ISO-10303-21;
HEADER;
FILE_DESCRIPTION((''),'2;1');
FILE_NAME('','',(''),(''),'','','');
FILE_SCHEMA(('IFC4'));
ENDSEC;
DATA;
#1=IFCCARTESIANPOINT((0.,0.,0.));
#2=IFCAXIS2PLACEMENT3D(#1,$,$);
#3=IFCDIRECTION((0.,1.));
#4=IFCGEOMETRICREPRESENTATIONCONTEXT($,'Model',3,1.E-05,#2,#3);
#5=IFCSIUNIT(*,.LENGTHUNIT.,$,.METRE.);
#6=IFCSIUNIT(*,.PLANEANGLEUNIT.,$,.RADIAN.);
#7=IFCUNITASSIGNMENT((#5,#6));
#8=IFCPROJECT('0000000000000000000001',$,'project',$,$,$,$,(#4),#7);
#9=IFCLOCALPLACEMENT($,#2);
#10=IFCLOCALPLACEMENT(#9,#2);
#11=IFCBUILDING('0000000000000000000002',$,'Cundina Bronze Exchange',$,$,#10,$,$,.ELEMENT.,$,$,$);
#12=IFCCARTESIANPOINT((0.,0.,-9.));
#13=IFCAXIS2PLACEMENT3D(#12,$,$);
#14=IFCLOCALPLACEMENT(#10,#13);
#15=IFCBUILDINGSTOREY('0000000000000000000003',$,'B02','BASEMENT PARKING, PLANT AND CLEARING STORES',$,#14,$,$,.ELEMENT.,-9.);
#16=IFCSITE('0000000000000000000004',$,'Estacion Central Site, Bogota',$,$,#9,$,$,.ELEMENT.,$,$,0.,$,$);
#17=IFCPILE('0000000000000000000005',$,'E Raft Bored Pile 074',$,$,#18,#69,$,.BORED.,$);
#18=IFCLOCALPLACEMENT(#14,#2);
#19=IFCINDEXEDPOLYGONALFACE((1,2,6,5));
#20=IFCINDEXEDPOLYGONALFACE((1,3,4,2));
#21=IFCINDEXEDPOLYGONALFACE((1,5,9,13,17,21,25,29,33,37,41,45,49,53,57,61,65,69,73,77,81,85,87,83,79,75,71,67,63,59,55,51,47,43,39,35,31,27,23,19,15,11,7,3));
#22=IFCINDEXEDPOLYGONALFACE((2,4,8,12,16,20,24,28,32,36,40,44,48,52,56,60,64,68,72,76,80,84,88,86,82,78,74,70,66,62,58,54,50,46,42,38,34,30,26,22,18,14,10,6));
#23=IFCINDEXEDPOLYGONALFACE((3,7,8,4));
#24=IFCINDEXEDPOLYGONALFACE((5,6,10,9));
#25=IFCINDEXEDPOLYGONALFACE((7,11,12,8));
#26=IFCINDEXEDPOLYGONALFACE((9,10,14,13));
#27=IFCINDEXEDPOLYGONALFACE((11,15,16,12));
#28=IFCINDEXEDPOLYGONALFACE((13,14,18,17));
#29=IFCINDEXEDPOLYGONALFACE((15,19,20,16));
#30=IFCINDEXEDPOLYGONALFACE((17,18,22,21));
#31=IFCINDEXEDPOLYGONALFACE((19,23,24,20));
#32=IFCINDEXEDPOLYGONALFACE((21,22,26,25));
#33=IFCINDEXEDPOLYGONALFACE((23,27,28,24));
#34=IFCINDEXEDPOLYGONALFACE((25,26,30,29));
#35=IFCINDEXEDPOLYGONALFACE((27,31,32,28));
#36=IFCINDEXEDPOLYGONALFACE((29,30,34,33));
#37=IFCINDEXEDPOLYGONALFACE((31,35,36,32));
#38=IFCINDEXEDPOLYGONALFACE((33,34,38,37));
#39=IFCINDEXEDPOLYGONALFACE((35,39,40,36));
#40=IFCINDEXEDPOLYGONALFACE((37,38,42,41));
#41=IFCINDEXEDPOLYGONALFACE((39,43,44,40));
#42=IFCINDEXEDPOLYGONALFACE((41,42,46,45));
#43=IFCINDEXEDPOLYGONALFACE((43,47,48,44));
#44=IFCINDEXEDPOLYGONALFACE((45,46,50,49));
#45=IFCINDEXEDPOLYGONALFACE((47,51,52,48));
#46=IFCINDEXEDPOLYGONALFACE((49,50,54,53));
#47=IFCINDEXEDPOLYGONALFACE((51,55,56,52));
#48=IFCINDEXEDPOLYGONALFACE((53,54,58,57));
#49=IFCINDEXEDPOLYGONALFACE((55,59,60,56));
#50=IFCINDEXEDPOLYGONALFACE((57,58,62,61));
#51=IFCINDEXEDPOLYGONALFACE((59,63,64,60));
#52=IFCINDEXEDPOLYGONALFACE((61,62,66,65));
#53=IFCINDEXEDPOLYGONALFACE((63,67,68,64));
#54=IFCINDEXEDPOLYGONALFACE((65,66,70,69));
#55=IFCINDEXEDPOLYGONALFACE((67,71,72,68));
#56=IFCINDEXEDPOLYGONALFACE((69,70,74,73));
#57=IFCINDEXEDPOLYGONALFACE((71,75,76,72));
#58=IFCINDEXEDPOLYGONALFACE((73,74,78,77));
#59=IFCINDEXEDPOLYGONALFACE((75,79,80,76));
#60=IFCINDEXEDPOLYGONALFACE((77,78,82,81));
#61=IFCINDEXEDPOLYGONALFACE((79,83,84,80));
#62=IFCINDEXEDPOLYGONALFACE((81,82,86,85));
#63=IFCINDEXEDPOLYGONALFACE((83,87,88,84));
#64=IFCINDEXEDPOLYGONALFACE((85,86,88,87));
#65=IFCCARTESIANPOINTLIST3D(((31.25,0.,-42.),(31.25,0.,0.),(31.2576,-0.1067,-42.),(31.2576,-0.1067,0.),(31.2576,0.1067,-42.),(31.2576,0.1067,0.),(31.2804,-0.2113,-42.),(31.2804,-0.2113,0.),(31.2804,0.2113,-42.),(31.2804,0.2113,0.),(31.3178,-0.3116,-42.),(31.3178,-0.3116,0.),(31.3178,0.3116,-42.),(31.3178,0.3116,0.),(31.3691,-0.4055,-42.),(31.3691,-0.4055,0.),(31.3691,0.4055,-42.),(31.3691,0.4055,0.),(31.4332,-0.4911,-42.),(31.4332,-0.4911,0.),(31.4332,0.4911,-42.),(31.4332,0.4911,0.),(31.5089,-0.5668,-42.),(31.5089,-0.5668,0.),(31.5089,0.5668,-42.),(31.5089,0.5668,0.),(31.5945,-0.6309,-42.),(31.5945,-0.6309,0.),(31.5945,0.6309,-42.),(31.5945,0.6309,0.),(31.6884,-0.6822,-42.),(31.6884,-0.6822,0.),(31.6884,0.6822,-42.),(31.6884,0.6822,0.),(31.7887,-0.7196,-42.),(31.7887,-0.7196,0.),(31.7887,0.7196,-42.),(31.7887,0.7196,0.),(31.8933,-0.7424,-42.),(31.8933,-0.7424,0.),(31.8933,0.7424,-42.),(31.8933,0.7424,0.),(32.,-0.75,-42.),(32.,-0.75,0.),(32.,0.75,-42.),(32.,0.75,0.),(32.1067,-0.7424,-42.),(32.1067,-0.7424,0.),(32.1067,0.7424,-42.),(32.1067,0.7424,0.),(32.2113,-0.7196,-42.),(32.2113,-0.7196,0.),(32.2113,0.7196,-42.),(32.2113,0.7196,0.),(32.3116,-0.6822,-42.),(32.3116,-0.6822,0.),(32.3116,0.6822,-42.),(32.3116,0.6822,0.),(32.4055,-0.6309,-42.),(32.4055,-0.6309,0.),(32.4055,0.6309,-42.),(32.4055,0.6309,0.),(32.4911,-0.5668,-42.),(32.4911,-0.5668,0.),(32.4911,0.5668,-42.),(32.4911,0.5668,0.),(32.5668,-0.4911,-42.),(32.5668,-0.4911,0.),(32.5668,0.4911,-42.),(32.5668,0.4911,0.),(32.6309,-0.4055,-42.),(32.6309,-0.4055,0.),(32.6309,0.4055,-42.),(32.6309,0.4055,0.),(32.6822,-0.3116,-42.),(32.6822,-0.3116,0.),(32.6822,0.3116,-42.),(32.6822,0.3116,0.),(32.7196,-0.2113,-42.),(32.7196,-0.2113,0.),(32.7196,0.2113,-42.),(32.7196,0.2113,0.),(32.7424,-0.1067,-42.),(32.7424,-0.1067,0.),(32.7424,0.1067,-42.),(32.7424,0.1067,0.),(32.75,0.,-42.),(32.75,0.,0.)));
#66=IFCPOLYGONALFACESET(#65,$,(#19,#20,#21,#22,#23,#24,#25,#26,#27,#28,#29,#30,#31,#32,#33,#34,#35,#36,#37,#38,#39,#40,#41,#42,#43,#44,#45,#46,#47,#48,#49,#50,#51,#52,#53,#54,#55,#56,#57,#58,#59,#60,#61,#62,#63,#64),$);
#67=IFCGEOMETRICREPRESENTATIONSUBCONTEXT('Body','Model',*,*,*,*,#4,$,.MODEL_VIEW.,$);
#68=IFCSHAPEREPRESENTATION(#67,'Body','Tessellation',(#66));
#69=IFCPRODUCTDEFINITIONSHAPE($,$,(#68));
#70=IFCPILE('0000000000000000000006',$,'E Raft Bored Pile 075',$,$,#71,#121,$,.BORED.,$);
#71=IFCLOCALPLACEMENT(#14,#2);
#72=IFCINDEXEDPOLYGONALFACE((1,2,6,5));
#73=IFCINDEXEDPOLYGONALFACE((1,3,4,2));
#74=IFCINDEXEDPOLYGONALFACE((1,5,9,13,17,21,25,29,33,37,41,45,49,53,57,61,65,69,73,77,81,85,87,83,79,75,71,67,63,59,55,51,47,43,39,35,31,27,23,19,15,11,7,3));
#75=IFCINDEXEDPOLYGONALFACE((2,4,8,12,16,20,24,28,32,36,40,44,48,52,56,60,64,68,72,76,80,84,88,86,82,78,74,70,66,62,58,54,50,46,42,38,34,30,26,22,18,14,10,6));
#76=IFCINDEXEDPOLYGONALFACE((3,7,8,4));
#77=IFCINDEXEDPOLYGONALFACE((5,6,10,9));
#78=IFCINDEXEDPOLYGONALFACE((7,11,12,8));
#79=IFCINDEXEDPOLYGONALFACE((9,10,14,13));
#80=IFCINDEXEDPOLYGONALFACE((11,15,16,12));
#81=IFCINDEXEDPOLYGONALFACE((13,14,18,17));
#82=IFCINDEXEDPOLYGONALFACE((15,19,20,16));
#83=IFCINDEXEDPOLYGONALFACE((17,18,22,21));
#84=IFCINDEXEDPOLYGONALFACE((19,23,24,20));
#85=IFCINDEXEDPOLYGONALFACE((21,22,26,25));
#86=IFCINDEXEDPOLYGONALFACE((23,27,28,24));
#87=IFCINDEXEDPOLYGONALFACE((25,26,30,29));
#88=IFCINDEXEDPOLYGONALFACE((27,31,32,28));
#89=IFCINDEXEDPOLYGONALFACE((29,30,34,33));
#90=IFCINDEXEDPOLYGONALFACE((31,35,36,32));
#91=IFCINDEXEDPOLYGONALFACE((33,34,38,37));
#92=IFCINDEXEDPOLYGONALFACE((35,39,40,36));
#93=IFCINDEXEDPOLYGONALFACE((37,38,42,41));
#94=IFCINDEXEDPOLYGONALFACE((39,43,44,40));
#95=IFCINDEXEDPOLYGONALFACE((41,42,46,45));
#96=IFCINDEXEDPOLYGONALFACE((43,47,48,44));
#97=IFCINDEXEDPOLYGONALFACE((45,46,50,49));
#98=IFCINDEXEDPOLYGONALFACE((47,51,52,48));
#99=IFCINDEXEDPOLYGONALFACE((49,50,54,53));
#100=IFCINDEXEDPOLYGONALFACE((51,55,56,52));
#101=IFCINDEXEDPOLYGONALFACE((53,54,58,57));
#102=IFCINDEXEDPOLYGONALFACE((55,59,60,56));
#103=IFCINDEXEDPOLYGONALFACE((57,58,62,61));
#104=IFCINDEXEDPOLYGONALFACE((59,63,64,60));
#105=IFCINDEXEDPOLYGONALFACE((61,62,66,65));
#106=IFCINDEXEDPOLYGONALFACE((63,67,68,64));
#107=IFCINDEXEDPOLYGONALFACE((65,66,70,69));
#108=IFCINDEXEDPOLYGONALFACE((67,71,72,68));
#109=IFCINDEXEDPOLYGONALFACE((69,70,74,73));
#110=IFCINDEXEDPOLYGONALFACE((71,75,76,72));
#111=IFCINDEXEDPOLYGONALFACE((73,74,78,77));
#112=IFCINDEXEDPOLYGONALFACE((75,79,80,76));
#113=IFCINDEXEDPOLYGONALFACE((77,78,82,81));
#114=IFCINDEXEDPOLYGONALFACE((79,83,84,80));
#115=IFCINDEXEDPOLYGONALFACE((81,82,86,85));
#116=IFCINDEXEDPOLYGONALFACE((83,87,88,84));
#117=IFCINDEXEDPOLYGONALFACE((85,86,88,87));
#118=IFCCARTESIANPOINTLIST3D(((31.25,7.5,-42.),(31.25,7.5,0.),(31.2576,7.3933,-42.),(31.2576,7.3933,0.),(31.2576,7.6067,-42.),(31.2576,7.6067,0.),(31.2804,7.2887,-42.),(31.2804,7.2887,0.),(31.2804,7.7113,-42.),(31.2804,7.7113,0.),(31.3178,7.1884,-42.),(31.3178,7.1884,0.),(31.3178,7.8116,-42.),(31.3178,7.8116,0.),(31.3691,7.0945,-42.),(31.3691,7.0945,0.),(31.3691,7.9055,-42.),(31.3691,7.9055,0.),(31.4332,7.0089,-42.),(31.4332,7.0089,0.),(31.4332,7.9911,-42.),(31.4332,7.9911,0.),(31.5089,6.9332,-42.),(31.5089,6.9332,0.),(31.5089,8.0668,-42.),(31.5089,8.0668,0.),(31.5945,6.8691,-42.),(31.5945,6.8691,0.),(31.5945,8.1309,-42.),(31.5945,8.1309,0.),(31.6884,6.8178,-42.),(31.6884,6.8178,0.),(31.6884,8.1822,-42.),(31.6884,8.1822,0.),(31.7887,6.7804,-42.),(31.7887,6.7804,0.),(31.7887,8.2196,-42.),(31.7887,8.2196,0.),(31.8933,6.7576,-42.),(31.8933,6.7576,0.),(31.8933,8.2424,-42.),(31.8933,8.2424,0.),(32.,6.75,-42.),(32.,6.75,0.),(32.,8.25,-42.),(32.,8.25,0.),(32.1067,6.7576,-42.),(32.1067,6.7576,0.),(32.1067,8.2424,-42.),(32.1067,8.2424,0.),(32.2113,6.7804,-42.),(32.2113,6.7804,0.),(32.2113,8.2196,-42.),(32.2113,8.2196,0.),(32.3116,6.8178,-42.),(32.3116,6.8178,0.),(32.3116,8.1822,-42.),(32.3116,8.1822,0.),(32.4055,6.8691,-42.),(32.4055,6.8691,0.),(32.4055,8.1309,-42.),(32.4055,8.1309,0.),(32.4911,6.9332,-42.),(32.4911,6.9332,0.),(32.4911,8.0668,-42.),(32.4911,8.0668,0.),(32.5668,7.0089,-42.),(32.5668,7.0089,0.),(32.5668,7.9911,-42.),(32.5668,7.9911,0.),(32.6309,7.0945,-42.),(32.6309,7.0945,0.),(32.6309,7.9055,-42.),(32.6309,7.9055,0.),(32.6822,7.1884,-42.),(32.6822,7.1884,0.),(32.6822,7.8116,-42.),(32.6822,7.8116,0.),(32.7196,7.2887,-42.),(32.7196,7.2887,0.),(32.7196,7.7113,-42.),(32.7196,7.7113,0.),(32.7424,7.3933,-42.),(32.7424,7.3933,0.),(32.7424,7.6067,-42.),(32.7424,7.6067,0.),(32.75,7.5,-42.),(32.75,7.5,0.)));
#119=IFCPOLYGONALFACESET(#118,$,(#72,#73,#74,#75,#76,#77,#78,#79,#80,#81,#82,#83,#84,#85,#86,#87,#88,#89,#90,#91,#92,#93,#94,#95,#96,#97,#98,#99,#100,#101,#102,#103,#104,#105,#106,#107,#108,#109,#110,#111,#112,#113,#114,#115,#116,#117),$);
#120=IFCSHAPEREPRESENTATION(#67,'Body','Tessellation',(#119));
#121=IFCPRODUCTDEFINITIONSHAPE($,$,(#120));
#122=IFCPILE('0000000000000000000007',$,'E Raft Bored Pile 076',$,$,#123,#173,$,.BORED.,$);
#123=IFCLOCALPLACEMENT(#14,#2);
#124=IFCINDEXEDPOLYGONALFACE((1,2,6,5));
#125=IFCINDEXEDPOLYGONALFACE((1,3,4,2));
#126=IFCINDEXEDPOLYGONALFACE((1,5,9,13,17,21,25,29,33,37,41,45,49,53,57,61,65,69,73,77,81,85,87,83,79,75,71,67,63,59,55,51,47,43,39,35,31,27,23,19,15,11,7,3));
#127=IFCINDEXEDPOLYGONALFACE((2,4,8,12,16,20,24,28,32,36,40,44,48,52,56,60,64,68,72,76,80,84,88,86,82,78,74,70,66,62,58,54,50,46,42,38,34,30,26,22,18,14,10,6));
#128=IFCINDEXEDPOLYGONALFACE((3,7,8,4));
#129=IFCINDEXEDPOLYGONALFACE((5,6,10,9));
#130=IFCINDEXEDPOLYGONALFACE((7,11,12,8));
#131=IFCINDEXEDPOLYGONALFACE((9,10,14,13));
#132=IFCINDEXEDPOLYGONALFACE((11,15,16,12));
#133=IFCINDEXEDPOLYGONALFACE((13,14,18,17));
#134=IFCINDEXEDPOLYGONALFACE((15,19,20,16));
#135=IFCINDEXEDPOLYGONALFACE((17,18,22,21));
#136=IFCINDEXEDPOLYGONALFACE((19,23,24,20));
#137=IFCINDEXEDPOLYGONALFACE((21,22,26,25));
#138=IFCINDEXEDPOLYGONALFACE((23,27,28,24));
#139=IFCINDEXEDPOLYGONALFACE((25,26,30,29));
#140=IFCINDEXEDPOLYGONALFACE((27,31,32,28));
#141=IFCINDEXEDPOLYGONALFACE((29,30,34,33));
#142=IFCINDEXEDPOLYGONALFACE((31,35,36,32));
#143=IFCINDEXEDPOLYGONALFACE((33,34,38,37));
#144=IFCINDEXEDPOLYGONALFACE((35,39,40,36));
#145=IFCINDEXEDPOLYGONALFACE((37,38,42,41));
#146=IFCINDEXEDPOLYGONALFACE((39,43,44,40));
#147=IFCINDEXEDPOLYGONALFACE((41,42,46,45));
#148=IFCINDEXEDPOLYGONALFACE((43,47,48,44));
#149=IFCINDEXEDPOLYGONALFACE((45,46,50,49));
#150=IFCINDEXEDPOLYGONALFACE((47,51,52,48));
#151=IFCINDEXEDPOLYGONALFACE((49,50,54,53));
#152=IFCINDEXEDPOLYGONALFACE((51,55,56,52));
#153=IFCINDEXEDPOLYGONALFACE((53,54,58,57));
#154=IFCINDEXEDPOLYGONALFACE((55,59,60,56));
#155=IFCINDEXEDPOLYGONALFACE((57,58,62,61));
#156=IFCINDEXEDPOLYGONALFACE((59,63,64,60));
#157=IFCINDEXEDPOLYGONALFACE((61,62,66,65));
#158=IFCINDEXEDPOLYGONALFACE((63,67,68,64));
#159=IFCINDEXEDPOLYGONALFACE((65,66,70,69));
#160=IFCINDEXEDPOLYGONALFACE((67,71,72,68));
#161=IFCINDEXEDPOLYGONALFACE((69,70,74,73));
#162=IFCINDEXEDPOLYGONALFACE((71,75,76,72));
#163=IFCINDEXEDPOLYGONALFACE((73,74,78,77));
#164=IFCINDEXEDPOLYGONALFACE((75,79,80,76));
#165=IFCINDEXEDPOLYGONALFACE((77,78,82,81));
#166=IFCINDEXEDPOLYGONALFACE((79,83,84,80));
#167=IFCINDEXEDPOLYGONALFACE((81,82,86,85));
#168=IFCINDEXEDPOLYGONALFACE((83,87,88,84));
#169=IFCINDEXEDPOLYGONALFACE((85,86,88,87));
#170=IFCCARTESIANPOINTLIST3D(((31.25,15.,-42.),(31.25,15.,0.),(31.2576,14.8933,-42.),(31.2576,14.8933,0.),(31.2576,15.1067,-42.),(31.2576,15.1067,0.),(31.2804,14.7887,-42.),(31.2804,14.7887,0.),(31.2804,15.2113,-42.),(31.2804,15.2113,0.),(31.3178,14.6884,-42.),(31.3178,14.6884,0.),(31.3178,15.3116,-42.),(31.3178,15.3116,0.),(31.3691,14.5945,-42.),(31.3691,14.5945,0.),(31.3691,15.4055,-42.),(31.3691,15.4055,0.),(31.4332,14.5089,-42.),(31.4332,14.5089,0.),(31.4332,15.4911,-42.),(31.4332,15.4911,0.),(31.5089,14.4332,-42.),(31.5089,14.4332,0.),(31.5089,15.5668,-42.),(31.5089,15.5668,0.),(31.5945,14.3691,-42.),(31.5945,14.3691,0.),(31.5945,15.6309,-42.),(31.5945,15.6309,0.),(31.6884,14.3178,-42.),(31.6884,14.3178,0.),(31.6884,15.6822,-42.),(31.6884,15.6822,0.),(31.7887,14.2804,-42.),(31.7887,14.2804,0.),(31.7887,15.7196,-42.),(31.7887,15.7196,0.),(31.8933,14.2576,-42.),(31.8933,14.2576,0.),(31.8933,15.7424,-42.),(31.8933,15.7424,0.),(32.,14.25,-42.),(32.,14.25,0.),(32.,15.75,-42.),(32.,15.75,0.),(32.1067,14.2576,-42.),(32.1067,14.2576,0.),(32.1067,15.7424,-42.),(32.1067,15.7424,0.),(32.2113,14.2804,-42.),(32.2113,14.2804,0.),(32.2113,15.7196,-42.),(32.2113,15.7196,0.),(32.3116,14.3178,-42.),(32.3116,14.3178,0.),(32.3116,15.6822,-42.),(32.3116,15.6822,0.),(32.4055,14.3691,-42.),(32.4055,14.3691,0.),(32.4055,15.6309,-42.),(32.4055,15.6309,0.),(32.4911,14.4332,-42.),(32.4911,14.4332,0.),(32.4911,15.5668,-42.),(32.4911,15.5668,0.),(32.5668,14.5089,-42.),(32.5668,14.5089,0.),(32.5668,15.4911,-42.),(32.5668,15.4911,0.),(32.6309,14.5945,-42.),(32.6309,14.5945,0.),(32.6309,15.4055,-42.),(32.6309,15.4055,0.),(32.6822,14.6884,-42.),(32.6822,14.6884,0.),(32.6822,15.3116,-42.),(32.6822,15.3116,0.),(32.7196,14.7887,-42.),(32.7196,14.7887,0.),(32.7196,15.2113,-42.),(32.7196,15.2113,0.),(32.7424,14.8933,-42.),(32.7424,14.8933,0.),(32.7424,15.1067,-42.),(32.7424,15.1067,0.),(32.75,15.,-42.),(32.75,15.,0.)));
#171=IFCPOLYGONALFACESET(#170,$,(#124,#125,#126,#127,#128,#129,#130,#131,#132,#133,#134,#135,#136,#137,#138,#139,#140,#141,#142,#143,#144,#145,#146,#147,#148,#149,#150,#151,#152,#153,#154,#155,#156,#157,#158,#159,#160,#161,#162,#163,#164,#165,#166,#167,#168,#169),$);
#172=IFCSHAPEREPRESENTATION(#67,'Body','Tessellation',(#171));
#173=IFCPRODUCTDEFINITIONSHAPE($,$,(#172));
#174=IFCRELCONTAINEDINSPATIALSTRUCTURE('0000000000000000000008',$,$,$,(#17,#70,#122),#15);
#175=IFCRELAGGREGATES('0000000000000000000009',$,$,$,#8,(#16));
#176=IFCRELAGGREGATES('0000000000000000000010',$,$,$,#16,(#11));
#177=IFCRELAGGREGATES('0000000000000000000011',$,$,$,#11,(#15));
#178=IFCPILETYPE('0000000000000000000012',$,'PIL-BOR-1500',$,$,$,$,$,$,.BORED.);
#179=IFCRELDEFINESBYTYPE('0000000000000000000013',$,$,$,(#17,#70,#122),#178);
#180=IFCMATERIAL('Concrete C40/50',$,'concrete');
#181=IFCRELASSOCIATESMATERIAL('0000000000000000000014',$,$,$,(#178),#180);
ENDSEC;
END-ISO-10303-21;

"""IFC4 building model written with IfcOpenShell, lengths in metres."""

from ifc_helpers import new_model, si_unit, direction, frame, origin, origin_2d, place, context, subcontext, project, spatial, circle, extrude, material, material_profile, profile_set, type_object, element, save


model = new_model("IFC4")

# Units and contexts
model_context = context("Model", 3, precision=1e-05, world=origin(), true_north=direction((0.0, 1.0)))
body_context = subcontext(model_context, "Body", "Model", "MODEL_VIEW")
ifc_project = project(units=[si_unit("LENGTHUNIT", "METRE"), si_unit("PLANEANGLEUNIT", "RADIAN")], contexts=[model_context])

# Site, building, storey
site_placement = place(None, origin())
site = spatial("IfcSite", under=ifc_project, at=site_placement, Name="Estacion Central Site, Bogota", CompositionType="ELEMENT", RefElevation=0.0)
building_placement = place(site_placement, origin())
building = spatial("IfcBuilding", under=site, at=building_placement, Name="Cundina Bronze Exchange", CompositionType="ELEMENT")
storey_placement = place(building_placement, frame((0.0, 0.0, -9.0)))
storey = spatial("IfcBuildingStorey", under=building, at=storey_placement, Name="B02", Description="BASEMENT PARKING, PLANT AND CLEARING STORES", CompositionType="ELEMENT", Elevation=-9.0)

# Shared definitions
ifc_material_1 = material(Name="Concrete C40/50", Category="concrete")

# Piles
ifc_material_profile_1 = material_profile(ifc_material_1, circle(Radius=0.75, at=origin_2d()), Name="PILE1500D", Category="concrete")
ifc_profile_set_1 = profile_set([ifc_material_profile_1], Name="Concrete C40/50")
pile_type_1 = type_object("IfcPileType", Name="PIL-BOR-1500", PredefinedType="BORED", material=ifc_profile_set_1)
for number, where, z_axis, x_axis, name in (
    (1, (32.0, 0.0, 0.0), (0.0, 0.0, -1.0), (1.0, 0.0, 0.0), "E Raft Bored Pile 074"),
    (2, (32.0, 7.5, 0.0), (0.0, 0.0, -1.0), (1.0, 0.0, 0.0), "E Raft Bored Pile 075"),
    (3, (32.0, 15.0, 0.0), (0.0, 0.0, -1.0), (1.0, 0.0, 0.0), "E Raft Bored Pile 076"),
):
    element("IfcPile", number, at=place(storey_placement, frame(where, z_axis=z_axis, x_axis=x_axis)), inside=storey, type_object=pile_type_1, Name=name, PredefinedType="BORED", context=body_context, shape_type="SweptSolid", body=[
        extrude(circle(Radius=0.75, at=origin_2d()), origin(), (0.0, 0.0, 1.0), 42.0),
    ])

save(model, "model.ifc")
